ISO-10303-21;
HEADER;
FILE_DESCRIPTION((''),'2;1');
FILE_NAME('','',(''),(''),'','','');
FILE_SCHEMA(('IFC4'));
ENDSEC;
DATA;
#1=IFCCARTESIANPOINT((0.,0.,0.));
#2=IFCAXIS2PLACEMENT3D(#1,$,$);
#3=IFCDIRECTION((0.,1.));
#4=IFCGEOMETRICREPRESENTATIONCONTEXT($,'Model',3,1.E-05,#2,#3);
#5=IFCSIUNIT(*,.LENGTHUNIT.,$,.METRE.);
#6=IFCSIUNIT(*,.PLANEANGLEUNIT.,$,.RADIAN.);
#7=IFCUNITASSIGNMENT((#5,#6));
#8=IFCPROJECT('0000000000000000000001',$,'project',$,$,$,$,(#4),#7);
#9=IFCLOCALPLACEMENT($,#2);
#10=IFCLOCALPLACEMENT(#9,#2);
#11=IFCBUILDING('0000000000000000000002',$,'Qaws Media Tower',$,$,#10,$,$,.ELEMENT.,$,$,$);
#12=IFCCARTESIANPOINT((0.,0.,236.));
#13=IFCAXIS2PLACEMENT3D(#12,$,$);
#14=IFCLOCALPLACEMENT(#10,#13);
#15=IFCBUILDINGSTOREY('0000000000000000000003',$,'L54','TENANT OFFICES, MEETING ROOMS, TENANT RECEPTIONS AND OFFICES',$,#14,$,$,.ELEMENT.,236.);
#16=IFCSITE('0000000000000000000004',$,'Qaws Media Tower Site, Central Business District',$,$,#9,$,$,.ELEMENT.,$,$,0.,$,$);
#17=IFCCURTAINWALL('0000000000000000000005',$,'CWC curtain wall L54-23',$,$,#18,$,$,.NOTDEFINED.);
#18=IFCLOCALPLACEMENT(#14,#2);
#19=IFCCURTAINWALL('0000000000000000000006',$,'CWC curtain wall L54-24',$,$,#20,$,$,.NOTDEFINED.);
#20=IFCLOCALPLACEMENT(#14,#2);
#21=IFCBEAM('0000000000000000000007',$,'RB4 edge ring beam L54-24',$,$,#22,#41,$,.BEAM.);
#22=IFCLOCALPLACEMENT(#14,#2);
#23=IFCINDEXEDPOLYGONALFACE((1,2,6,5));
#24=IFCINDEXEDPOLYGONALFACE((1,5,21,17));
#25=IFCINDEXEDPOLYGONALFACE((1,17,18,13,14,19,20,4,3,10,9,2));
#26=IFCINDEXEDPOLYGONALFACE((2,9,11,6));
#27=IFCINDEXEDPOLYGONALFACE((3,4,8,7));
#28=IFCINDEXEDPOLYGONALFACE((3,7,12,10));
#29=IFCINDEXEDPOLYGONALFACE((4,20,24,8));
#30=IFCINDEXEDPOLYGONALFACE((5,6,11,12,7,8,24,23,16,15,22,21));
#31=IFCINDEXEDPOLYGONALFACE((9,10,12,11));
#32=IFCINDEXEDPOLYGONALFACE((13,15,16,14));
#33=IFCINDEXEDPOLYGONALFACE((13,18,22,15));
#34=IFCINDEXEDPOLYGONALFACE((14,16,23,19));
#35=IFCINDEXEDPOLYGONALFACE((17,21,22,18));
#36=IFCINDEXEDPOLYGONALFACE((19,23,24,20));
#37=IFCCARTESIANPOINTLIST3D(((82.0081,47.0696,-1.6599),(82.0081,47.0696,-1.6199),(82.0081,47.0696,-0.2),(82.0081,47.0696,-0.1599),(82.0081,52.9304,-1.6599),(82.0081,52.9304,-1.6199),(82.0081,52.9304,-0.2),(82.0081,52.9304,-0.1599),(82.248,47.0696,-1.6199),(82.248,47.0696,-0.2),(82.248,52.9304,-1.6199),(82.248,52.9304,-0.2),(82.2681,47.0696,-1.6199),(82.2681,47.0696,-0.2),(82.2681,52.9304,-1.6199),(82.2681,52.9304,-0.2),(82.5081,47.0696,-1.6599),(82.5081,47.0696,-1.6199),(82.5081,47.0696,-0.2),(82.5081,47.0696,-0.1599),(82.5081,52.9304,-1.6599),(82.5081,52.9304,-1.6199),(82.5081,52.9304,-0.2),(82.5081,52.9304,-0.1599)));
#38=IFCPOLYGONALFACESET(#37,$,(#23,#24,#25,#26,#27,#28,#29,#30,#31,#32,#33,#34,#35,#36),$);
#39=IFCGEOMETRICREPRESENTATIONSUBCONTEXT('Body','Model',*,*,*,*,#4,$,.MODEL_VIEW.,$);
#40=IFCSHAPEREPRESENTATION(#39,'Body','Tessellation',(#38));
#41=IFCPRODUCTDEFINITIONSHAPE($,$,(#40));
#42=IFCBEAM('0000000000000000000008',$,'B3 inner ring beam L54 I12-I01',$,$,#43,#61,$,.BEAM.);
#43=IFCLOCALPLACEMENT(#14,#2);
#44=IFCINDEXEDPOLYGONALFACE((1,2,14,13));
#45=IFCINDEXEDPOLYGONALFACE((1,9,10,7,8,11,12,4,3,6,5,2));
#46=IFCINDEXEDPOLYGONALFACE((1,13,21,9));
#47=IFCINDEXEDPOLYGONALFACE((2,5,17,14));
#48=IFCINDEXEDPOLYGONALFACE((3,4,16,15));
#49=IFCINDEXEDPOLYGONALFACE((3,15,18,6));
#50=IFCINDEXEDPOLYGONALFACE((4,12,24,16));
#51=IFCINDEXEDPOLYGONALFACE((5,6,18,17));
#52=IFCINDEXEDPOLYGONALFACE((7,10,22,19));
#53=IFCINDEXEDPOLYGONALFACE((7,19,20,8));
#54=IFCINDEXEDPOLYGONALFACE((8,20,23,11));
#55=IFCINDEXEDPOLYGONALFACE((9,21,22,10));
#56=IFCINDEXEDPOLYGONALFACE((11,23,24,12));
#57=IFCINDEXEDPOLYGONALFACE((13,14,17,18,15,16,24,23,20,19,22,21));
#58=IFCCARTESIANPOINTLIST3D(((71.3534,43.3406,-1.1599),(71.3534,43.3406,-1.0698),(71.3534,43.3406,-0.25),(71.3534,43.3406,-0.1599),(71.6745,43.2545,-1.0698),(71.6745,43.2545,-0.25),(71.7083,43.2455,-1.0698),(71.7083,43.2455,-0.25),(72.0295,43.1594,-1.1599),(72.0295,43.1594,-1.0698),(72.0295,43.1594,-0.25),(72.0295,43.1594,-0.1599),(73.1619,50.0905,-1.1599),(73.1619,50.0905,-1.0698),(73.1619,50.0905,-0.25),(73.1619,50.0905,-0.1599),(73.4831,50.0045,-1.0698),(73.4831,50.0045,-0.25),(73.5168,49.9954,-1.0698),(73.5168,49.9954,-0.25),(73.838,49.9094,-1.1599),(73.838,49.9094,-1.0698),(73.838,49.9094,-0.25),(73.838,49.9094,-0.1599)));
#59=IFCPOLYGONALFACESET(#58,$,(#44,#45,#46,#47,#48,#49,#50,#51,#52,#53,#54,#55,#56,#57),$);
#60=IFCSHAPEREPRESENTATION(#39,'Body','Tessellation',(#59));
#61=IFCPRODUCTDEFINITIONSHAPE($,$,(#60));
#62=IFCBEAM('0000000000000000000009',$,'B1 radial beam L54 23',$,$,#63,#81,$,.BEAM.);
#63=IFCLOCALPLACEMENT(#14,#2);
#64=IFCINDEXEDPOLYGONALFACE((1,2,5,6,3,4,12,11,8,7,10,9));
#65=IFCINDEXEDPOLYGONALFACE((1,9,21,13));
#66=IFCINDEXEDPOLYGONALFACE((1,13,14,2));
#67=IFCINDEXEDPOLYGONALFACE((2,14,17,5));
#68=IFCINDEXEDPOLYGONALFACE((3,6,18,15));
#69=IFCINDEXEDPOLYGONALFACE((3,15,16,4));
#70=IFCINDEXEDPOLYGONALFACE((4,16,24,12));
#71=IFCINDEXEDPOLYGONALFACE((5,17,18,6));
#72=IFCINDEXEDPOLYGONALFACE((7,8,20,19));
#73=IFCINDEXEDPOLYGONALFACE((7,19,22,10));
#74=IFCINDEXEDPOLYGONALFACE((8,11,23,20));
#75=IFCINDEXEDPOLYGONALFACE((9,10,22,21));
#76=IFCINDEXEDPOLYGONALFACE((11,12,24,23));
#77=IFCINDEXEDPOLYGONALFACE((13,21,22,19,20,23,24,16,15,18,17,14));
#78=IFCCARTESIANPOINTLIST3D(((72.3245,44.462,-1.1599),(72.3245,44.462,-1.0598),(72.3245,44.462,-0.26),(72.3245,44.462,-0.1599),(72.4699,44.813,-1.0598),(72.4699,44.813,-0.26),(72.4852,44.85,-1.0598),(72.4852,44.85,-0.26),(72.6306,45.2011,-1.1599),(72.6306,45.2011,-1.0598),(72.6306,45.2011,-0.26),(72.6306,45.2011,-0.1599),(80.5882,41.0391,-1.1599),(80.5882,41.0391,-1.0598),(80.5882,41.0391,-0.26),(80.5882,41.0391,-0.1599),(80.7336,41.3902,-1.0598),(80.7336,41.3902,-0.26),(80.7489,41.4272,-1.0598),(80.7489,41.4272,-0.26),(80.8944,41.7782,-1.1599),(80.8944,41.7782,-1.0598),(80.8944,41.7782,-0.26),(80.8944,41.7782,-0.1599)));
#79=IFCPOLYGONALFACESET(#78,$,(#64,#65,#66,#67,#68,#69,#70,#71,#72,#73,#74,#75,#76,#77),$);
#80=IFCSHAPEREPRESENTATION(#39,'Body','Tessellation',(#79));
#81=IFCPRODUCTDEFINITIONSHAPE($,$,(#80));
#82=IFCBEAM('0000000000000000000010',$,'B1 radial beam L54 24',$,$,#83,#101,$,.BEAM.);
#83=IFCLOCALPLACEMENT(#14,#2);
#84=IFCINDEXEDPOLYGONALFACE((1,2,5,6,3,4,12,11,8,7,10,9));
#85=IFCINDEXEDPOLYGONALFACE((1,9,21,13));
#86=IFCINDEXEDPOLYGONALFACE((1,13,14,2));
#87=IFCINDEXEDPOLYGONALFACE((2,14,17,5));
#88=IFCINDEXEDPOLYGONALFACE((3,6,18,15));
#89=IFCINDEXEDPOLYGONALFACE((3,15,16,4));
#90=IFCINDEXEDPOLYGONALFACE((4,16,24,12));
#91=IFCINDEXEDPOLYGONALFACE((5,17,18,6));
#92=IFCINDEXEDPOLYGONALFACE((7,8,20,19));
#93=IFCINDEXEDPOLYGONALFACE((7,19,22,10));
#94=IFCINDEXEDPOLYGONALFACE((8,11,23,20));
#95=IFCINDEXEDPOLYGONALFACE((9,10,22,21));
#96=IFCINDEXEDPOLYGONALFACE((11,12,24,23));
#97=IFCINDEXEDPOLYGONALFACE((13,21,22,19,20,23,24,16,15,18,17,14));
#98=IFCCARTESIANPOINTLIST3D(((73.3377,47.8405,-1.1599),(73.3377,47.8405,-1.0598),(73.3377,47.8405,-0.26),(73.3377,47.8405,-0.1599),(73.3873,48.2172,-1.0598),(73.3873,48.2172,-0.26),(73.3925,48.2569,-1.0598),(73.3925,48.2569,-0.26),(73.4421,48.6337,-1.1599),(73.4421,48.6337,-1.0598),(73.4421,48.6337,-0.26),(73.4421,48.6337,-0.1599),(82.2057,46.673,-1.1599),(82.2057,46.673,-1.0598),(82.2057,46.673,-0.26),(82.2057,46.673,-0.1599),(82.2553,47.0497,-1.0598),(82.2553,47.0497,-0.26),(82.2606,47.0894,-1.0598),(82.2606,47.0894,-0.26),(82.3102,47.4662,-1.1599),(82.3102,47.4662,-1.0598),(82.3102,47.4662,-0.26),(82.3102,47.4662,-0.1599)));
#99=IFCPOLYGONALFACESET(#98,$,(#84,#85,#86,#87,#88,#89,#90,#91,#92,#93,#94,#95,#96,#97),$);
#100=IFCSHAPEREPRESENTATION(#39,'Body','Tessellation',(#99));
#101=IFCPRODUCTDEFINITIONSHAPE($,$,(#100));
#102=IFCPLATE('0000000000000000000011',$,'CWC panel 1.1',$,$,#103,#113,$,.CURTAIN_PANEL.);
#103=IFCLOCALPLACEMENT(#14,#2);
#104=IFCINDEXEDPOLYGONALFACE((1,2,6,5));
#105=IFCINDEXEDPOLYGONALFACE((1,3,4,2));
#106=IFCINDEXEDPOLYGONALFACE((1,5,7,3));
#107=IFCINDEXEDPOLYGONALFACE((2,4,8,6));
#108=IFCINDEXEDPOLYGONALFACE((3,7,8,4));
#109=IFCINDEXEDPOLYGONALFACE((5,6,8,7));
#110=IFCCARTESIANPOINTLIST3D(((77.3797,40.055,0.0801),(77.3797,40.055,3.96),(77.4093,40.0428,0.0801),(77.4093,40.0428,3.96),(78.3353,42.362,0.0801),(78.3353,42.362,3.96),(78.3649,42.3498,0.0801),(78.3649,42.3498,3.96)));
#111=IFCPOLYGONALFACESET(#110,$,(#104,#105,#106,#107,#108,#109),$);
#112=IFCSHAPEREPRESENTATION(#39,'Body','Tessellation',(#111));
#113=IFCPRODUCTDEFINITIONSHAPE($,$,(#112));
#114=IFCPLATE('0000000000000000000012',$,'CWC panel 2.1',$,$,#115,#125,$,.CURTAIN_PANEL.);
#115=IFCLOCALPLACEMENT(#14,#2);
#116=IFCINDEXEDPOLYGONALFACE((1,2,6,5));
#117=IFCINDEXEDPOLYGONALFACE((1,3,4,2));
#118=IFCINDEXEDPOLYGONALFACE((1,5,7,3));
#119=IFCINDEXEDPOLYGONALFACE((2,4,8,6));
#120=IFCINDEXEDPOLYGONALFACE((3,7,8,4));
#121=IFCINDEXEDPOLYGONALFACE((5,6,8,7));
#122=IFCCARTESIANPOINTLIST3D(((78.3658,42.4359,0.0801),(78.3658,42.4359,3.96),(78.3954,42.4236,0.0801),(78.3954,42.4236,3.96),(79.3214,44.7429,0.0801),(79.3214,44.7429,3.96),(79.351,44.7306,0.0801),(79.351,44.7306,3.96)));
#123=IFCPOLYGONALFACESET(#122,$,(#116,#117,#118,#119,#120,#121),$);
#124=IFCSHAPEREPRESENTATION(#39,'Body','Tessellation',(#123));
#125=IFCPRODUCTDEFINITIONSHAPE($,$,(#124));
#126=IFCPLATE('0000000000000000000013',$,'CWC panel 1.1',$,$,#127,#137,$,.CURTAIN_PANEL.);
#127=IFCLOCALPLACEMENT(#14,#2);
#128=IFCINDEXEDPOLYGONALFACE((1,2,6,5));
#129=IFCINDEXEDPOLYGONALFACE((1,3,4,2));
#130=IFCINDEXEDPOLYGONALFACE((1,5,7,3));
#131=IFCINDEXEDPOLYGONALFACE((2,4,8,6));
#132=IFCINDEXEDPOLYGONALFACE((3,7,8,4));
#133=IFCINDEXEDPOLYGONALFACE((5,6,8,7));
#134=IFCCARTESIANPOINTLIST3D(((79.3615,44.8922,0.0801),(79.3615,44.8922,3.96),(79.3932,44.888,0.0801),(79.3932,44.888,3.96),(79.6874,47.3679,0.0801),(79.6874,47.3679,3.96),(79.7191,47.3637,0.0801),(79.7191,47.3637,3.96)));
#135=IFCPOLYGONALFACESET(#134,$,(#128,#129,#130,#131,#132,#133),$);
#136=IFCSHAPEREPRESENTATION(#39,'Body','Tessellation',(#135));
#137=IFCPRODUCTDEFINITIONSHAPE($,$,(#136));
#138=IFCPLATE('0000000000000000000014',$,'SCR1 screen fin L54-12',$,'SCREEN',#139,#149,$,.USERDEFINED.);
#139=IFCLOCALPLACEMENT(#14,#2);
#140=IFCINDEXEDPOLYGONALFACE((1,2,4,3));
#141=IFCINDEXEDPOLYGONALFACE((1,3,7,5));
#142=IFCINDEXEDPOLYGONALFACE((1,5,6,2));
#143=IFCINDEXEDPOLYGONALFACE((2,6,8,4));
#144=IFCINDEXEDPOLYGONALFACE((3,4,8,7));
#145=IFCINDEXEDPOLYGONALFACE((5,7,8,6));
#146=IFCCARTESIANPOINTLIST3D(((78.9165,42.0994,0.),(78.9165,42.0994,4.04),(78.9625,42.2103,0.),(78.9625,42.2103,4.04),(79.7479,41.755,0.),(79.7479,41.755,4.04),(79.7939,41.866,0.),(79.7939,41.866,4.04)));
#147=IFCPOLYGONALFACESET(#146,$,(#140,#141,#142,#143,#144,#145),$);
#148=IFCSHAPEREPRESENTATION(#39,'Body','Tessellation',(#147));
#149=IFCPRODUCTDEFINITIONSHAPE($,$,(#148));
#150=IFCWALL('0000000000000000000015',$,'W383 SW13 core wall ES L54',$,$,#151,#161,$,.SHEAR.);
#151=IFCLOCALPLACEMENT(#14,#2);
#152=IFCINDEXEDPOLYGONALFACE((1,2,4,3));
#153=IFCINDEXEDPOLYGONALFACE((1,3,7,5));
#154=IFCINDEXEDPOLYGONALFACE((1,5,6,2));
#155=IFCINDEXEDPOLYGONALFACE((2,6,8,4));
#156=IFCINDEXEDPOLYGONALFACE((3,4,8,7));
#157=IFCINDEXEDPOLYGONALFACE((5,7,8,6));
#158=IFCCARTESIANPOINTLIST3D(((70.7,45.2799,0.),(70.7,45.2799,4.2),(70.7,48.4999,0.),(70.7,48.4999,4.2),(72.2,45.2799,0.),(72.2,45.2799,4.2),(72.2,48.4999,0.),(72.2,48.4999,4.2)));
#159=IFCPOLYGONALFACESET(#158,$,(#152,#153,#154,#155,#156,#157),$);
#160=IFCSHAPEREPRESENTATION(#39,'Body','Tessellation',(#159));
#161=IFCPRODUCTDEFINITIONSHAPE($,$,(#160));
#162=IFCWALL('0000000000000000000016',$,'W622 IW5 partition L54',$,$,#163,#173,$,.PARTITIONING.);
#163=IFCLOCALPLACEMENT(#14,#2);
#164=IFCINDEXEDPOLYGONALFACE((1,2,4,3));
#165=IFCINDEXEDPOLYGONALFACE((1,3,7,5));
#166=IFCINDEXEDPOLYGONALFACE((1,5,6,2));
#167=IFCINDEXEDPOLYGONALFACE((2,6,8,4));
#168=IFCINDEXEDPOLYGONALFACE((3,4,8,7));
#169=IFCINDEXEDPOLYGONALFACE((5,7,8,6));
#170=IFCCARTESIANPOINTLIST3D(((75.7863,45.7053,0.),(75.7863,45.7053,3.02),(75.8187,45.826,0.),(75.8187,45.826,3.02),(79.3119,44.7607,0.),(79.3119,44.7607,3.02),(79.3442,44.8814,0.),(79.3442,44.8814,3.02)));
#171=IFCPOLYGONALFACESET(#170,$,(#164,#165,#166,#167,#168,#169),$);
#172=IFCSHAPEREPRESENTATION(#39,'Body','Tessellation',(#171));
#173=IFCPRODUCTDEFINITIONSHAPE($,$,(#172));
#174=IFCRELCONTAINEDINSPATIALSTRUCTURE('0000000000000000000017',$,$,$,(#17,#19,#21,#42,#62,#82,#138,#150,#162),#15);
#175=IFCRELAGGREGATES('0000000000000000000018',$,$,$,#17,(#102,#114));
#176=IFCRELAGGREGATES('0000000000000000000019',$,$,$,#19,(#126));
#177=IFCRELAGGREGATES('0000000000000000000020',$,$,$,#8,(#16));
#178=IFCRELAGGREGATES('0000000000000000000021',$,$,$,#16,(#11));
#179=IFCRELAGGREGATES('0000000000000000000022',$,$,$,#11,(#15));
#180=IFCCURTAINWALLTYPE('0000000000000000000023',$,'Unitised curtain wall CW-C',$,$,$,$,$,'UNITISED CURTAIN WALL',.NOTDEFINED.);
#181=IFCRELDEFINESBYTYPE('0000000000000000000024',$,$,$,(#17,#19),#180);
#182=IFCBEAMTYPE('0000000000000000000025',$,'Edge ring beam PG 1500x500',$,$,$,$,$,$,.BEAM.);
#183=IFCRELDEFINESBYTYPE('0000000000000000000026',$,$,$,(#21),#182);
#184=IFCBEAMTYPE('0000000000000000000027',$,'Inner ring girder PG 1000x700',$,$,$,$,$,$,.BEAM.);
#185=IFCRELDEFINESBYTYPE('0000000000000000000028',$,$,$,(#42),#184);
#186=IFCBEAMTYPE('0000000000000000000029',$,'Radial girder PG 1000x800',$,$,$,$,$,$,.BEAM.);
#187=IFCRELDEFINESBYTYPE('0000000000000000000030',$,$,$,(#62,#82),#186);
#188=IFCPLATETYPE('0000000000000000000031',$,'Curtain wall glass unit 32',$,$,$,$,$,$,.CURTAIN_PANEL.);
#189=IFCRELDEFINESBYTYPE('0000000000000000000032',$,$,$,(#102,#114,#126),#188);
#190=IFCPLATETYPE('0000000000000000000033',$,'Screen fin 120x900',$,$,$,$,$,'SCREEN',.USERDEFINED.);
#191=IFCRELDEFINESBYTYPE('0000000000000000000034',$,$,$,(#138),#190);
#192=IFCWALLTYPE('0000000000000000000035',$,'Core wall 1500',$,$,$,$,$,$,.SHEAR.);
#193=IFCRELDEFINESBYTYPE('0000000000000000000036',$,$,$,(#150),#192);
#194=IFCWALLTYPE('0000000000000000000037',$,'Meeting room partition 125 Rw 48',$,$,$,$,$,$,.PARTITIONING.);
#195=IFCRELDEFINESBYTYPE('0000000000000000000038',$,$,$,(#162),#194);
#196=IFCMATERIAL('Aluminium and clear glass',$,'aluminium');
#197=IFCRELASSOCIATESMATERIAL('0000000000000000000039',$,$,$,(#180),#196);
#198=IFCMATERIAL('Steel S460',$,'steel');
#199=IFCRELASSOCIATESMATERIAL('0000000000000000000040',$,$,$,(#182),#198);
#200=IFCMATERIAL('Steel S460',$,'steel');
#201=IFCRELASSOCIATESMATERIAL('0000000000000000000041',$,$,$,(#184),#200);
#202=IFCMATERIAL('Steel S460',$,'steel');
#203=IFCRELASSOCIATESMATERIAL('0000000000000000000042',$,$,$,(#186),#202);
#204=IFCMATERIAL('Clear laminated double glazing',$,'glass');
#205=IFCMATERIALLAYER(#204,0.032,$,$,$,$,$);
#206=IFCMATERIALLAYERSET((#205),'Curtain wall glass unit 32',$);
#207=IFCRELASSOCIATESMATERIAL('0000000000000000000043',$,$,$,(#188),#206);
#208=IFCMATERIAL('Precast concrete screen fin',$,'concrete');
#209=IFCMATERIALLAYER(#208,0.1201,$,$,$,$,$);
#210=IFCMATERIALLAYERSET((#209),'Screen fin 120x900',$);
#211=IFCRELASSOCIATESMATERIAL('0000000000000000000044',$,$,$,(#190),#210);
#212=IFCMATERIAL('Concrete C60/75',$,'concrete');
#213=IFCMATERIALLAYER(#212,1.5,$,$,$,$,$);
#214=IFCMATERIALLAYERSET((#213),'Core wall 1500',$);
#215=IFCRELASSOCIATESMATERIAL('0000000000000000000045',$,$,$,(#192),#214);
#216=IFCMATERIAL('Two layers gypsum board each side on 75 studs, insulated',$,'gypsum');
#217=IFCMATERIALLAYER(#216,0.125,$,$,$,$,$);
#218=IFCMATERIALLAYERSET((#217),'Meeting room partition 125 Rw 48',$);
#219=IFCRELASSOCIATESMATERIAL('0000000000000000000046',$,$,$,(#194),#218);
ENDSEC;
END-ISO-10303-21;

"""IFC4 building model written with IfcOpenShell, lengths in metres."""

from ifc_helpers import new_model, si_unit, direction, frame, frame_2d, origin, origin_2d, place, context, subcontext, project, spatial, rectangle, i_section, extrude, material, layer, layer_set, material_profile, profile_set, type_object, element, aggregate, save


model = new_model("IFC4")

# Units and contexts
model_context = context("Model", 3, precision=1e-05, world=origin(), true_north=direction((0.0, 1.0)))
body_context = subcontext(model_context, "Body", "Model", "MODEL_VIEW")
ifc_project = project(units=[si_unit("LENGTHUNIT", "METRE"), si_unit("PLANEANGLEUNIT", "RADIAN")], contexts=[model_context])

# Site, building, storey
site_placement = place(None, origin())
site = spatial("IfcSite", under=ifc_project, at=site_placement, Name="Qaws Media Tower Site, Central Business District", CompositionType="ELEMENT", RefElevation=0.0)
building_placement = place(site_placement, origin())
building = spatial("IfcBuilding", under=site, at=building_placement, Name="Qaws Media Tower", CompositionType="ELEMENT")
storey_placement = place(building_placement, frame((0.0, 0.0, 236.0)))
storey = spatial("IfcBuildingStorey", under=building, at=storey_placement, Name="L54", Description="TENANT OFFICES, MEETING ROOMS, TENANT RECEPTIONS AND OFFICES", CompositionType="ELEMENT", Elevation=236.0)

# Curtain walls
ifc_material_1 = material(Name="Aluminium and clear glass", Category="aluminium")
curtain_wall_type = type_object("IfcCurtainWallType", Name="Unitised curtain wall CW-C", ElementType="UNITISED CURTAIN WALL", PredefinedType="NOTDEFINED", material=ifc_material_1)
curtain_wall_1_placement = place(storey_placement, origin())
curtain_wall_1 = element("IfcCurtainWall", 1, at=curtain_wall_1_placement, inside=storey, type_object=curtain_wall_type, Name="CWC curtain wall L54-23", PredefinedType="NOTDEFINED")
curtain_wall_2_placement = place(storey_placement, origin())
curtain_wall_2 = element("IfcCurtainWall", 2, at=curtain_wall_2_placement, inside=storey, type_object=curtain_wall_type, Name="CWC curtain wall L54-24", PredefinedType="NOTDEFINED")

# Beams
ifc_material_2 = material(Name="Steel S460", Category="steel")
ifc_material_profile_1 = material_profile(ifc_material_2, i_section(OverallWidth=0.5, OverallDepth=1.5, WebThickness=0.02, FlangeThickness=0.04, at=origin_2d()), Name="PG 1500x500")
ifc_profile_set_1 = profile_set([ifc_material_profile_1], Name="Steel S460")
beam_type_1 = type_object("IfcBeamType", Name="Edge ring beam PG 1500x500", PredefinedType="BEAM", material=ifc_profile_set_1)
beam_1_placement = place(storey_placement, frame((82.2581, 47.0696, -0.9099), z_axis=(0.0, 1.0, 0.0), x_axis=(-1.0, 0.0, 0.0)))
element("IfcBeam", 3, at=beam_1_placement, inside=storey, type_object=beam_type_1, Name="RB4 edge ring beam L54-24", PredefinedType="BEAM", context=body_context, shape_type="SweptSolid", body=[
    extrude(i_section(OverallWidth=0.5, OverallDepth=1.5, WebThickness=0.02, FlangeThickness=0.04, at=origin_2d()), origin(), (0.0, 0.0, 1.0), 5.8608),
])
ifc_material_3 = material(Name="Steel S460", Category="steel")
ifc_material_profile_2 = material_profile(ifc_material_3, i_section(OverallWidth=0.7, OverallDepth=1.0, WebThickness=0.0349, FlangeThickness=0.0901, at=origin_2d()), Name="PG 1000x700")
ifc_profile_set_2 = profile_set([ifc_material_profile_2], Name="Steel S460")
beam_type_2 = type_object("IfcBeamType", Name="Inner ring girder PG 1000x700", PredefinedType="BEAM", material=ifc_profile_set_2)
beam_2_placement = place(storey_placement, frame((71.6914, 43.25, -0.6599), z_axis=(0.258811, 0.965928, 0.0), x_axis=(-0.965928, 0.258811, 0.0)))
element("IfcBeam", 4, at=beam_2_placement, inside=storey, type_object=beam_type_2, Name="B3 inner ring beam L54 I12-I01", PredefinedType="BEAM", context=body_context, shape_type="SweptSolid", body=[
    extrude(i_section(OverallWidth=0.7, OverallDepth=1.0, WebThickness=0.0349, FlangeThickness=0.0901, at=origin_2d()), origin(), (0.0, 0.0, 1.0), 6.988),
])
ifc_material_4 = material(Name="Steel S460", Category="steel")
ifc_material_profile_3 = material_profile(ifc_material_4, i_section(OverallWidth=0.8, OverallDepth=1.0, WebThickness=0.04, FlangeThickness=0.1001, at=origin_2d()), Name="PG 1000x800")
ifc_profile_set_3 = profile_set([ifc_material_profile_3], Name="Steel S460")
beam_type_3 = type_object("IfcBeamType", Name="Radial girder PG 1000x800", PredefinedType="BEAM", material=ifc_profile_set_3)
for number, where, z_axis, x_axis, name in (
    (5, (72.4775, 44.8315, -0.6599), (0.923882, -0.382676, 0.0), (0.382676, 0.923882, 0.0), "B1 radial beam L54 23"),
    (6, (73.3899, 48.2371, -0.6599), (0.991445, -0.130522, 0.0), (0.130522, 0.991445, 0.0), "B1 radial beam L54 24"),
):
    element("IfcBeam", number, at=place(storey_placement, frame(where, z_axis=z_axis, x_axis=x_axis)), inside=storey, type_object=beam_type_3, Name=name, PredefinedType="BEAM", context=body_context, shape_type="SweptSolid", body=[
        extrude(i_section(OverallWidth=0.8, OverallDepth=1.0, WebThickness=0.04, FlangeThickness=0.1001, at=origin_2d()), origin(), (0.0, 0.0, 1.0), 8.9446),
    ])

# Plates
ifc_material_5 = material(Name="Clear laminated double glazing", Category="glass")
ifc_layer_1 = layer(ifc_material_5, 0.032)
ifc_layer_set_1 = layer_set([ifc_layer_1], Name="Curtain wall glass unit 32")
plate_type_1 = type_object("IfcPlateType", Name="Curtain wall glass unit 32", PredefinedType="CURTAIN_PANEL", material=ifc_layer_set_1)
plate_1_placement = place(storey_placement, frame((77.8723, 41.2024, 0.0801), z_axis=(0.0, 0.0, 1.0), x_axis=(0.382684, 0.923879, 0.0)))
plate_1 = element("IfcPlate", 7, at=plate_1_placement, type_object=plate_type_1, Name="CWC panel 1.1", PredefinedType="CURTAIN_PANEL", context=body_context, shape_type="SweptSolid", body=[
    extrude(rectangle(XDim=2.4971, YDim=0.032, at=origin_2d()), origin(), (0.0, 0.0, 1.0), 3.8799),
])
plate_2_placement = place(storey_placement, frame((78.8584, 43.5833, 0.0801), z_axis=(0.0, 0.0, 1.0), x_axis=(0.382684, 0.923879, 0.0)))
plate_2 = element("IfcPlate", 8, at=plate_2_placement, type_object=plate_type_1, Name="CWC panel 2.1", PredefinedType="CURTAIN_PANEL", context=body_context, shape_type="SweptSolid", body=[
    extrude(rectangle(XDim=2.4971, YDim=0.032, at=origin_2d()), origin(), (0.0, 0.0, 1.0), 3.8799),
])
aggregate(curtain_wall_1, [plate_1, plate_2])
plate_3_placement = place(storey_placement, frame((79.5403, 46.1279, 0.0801), z_axis=(0.0, 0.0, 1.0), x_axis=(0.130526, 0.991445, 0.0)))
plate_3 = element("IfcPlate", 9, at=plate_3_placement, type_object=plate_type_1, Name="CWC panel 1.1", PredefinedType="CURTAIN_PANEL", context=body_context, shape_type="SweptSolid", body=[
    extrude(rectangle(XDim=2.4971, YDim=0.032, at=origin_2d()), origin(), (0.0, 0.0, 1.0), 3.8799),
])
aggregate(curtain_wall_2, [plate_3])
ifc_material_6 = material(Name="Precast concrete screen fin", Category="concrete")
ifc_layer_2 = layer(ifc_material_6, 0.1201)
ifc_layer_set_2 = layer_set([ifc_layer_2], Name="Screen fin 120x900")
plate_type_2 = type_object("IfcPlateType", Name="Screen fin 120x900", ElementType="SCREEN", PredefinedType="USERDEFINED", material=ifc_layer_set_2)
plate_4_placement = place(storey_placement, frame((79.3552, 41.9827, 0.0), z_axis=(0.0, 0.0, 1.0), x_axis=(0.92388, -0.382683, 0.0)))
element("IfcPlate", 10, at=plate_4_placement, inside=storey, type_object=plate_type_2, Name="SCR1 screen fin L54-12", ObjectType="SCREEN", PredefinedType="USERDEFINED", context=body_context, shape_type="SweptSolid", body=[
    extrude(rectangle(XDim=0.8999, YDim=0.1201, at=origin_2d()), origin(), (0.0, 0.0, 1.0), 4.04),
])

# Walls
ifc_material_7 = material(Name="Concrete C60/75", Category="concrete")
ifc_layer_3 = layer(ifc_material_7, 1.5)
ifc_layer_set_3 = layer_set([ifc_layer_3], Name="Core wall 1500")
wall_type_1 = type_object("IfcWallType", Name="Core wall 1500", PredefinedType="SHEAR", material=ifc_layer_set_3)
wall_1_placement = place(storey_placement, frame((71.45, 45.28, 0.0), z_axis=(0.0, 0.0, 1.0), x_axis=(0.0, 1.0, 0.0)))
element("IfcWall", 11, at=wall_1_placement, inside=storey, type_object=wall_type_1, Name="W383 SW13 core wall ES L54", PredefinedType="SHEAR", context=body_context, shape_type="SweptSolid", body=[
    extrude(rectangle(XDim=3.22, YDim=1.5, at=frame_2d((1.6099, 0.0))), origin(), (0.0, 0.0, 1.0), 4.2),
])
ifc_material_8 = material(Name="Two layers gypsum board each side on 75 studs, insulated", Category="gypsum")
ifc_layer_4 = layer(ifc_material_8, 0.125)
ifc_layer_set_4 = layer_set([ifc_layer_4], Name="Meeting room partition 125 Rw 48")
wall_type_2 = type_object("IfcWallType", Name="Meeting room partition 125 Rw 48", PredefinedType="PARTITIONING", material=ifc_layer_set_4)
wall_2_placement = place(storey_placement, frame((75.8025, 45.7656, 0.0), z_axis=(0.0, 0.0, 1.0), x_axis=(0.965933, -0.258791, 0.0)))
element("IfcWall", 12, at=wall_2_placement, inside=storey, type_object=wall_type_2, Name="W622 IW5 partition L54", PredefinedType="PARTITIONING", context=body_context, shape_type="SweptSolid", body=[
    extrude(rectangle(XDim=3.6499, YDim=0.125, at=frame_2d((1.825, 0.0))), origin(), (0.0, 0.0, 1.0), 3.02),
])

save(model, "model.ifc")
